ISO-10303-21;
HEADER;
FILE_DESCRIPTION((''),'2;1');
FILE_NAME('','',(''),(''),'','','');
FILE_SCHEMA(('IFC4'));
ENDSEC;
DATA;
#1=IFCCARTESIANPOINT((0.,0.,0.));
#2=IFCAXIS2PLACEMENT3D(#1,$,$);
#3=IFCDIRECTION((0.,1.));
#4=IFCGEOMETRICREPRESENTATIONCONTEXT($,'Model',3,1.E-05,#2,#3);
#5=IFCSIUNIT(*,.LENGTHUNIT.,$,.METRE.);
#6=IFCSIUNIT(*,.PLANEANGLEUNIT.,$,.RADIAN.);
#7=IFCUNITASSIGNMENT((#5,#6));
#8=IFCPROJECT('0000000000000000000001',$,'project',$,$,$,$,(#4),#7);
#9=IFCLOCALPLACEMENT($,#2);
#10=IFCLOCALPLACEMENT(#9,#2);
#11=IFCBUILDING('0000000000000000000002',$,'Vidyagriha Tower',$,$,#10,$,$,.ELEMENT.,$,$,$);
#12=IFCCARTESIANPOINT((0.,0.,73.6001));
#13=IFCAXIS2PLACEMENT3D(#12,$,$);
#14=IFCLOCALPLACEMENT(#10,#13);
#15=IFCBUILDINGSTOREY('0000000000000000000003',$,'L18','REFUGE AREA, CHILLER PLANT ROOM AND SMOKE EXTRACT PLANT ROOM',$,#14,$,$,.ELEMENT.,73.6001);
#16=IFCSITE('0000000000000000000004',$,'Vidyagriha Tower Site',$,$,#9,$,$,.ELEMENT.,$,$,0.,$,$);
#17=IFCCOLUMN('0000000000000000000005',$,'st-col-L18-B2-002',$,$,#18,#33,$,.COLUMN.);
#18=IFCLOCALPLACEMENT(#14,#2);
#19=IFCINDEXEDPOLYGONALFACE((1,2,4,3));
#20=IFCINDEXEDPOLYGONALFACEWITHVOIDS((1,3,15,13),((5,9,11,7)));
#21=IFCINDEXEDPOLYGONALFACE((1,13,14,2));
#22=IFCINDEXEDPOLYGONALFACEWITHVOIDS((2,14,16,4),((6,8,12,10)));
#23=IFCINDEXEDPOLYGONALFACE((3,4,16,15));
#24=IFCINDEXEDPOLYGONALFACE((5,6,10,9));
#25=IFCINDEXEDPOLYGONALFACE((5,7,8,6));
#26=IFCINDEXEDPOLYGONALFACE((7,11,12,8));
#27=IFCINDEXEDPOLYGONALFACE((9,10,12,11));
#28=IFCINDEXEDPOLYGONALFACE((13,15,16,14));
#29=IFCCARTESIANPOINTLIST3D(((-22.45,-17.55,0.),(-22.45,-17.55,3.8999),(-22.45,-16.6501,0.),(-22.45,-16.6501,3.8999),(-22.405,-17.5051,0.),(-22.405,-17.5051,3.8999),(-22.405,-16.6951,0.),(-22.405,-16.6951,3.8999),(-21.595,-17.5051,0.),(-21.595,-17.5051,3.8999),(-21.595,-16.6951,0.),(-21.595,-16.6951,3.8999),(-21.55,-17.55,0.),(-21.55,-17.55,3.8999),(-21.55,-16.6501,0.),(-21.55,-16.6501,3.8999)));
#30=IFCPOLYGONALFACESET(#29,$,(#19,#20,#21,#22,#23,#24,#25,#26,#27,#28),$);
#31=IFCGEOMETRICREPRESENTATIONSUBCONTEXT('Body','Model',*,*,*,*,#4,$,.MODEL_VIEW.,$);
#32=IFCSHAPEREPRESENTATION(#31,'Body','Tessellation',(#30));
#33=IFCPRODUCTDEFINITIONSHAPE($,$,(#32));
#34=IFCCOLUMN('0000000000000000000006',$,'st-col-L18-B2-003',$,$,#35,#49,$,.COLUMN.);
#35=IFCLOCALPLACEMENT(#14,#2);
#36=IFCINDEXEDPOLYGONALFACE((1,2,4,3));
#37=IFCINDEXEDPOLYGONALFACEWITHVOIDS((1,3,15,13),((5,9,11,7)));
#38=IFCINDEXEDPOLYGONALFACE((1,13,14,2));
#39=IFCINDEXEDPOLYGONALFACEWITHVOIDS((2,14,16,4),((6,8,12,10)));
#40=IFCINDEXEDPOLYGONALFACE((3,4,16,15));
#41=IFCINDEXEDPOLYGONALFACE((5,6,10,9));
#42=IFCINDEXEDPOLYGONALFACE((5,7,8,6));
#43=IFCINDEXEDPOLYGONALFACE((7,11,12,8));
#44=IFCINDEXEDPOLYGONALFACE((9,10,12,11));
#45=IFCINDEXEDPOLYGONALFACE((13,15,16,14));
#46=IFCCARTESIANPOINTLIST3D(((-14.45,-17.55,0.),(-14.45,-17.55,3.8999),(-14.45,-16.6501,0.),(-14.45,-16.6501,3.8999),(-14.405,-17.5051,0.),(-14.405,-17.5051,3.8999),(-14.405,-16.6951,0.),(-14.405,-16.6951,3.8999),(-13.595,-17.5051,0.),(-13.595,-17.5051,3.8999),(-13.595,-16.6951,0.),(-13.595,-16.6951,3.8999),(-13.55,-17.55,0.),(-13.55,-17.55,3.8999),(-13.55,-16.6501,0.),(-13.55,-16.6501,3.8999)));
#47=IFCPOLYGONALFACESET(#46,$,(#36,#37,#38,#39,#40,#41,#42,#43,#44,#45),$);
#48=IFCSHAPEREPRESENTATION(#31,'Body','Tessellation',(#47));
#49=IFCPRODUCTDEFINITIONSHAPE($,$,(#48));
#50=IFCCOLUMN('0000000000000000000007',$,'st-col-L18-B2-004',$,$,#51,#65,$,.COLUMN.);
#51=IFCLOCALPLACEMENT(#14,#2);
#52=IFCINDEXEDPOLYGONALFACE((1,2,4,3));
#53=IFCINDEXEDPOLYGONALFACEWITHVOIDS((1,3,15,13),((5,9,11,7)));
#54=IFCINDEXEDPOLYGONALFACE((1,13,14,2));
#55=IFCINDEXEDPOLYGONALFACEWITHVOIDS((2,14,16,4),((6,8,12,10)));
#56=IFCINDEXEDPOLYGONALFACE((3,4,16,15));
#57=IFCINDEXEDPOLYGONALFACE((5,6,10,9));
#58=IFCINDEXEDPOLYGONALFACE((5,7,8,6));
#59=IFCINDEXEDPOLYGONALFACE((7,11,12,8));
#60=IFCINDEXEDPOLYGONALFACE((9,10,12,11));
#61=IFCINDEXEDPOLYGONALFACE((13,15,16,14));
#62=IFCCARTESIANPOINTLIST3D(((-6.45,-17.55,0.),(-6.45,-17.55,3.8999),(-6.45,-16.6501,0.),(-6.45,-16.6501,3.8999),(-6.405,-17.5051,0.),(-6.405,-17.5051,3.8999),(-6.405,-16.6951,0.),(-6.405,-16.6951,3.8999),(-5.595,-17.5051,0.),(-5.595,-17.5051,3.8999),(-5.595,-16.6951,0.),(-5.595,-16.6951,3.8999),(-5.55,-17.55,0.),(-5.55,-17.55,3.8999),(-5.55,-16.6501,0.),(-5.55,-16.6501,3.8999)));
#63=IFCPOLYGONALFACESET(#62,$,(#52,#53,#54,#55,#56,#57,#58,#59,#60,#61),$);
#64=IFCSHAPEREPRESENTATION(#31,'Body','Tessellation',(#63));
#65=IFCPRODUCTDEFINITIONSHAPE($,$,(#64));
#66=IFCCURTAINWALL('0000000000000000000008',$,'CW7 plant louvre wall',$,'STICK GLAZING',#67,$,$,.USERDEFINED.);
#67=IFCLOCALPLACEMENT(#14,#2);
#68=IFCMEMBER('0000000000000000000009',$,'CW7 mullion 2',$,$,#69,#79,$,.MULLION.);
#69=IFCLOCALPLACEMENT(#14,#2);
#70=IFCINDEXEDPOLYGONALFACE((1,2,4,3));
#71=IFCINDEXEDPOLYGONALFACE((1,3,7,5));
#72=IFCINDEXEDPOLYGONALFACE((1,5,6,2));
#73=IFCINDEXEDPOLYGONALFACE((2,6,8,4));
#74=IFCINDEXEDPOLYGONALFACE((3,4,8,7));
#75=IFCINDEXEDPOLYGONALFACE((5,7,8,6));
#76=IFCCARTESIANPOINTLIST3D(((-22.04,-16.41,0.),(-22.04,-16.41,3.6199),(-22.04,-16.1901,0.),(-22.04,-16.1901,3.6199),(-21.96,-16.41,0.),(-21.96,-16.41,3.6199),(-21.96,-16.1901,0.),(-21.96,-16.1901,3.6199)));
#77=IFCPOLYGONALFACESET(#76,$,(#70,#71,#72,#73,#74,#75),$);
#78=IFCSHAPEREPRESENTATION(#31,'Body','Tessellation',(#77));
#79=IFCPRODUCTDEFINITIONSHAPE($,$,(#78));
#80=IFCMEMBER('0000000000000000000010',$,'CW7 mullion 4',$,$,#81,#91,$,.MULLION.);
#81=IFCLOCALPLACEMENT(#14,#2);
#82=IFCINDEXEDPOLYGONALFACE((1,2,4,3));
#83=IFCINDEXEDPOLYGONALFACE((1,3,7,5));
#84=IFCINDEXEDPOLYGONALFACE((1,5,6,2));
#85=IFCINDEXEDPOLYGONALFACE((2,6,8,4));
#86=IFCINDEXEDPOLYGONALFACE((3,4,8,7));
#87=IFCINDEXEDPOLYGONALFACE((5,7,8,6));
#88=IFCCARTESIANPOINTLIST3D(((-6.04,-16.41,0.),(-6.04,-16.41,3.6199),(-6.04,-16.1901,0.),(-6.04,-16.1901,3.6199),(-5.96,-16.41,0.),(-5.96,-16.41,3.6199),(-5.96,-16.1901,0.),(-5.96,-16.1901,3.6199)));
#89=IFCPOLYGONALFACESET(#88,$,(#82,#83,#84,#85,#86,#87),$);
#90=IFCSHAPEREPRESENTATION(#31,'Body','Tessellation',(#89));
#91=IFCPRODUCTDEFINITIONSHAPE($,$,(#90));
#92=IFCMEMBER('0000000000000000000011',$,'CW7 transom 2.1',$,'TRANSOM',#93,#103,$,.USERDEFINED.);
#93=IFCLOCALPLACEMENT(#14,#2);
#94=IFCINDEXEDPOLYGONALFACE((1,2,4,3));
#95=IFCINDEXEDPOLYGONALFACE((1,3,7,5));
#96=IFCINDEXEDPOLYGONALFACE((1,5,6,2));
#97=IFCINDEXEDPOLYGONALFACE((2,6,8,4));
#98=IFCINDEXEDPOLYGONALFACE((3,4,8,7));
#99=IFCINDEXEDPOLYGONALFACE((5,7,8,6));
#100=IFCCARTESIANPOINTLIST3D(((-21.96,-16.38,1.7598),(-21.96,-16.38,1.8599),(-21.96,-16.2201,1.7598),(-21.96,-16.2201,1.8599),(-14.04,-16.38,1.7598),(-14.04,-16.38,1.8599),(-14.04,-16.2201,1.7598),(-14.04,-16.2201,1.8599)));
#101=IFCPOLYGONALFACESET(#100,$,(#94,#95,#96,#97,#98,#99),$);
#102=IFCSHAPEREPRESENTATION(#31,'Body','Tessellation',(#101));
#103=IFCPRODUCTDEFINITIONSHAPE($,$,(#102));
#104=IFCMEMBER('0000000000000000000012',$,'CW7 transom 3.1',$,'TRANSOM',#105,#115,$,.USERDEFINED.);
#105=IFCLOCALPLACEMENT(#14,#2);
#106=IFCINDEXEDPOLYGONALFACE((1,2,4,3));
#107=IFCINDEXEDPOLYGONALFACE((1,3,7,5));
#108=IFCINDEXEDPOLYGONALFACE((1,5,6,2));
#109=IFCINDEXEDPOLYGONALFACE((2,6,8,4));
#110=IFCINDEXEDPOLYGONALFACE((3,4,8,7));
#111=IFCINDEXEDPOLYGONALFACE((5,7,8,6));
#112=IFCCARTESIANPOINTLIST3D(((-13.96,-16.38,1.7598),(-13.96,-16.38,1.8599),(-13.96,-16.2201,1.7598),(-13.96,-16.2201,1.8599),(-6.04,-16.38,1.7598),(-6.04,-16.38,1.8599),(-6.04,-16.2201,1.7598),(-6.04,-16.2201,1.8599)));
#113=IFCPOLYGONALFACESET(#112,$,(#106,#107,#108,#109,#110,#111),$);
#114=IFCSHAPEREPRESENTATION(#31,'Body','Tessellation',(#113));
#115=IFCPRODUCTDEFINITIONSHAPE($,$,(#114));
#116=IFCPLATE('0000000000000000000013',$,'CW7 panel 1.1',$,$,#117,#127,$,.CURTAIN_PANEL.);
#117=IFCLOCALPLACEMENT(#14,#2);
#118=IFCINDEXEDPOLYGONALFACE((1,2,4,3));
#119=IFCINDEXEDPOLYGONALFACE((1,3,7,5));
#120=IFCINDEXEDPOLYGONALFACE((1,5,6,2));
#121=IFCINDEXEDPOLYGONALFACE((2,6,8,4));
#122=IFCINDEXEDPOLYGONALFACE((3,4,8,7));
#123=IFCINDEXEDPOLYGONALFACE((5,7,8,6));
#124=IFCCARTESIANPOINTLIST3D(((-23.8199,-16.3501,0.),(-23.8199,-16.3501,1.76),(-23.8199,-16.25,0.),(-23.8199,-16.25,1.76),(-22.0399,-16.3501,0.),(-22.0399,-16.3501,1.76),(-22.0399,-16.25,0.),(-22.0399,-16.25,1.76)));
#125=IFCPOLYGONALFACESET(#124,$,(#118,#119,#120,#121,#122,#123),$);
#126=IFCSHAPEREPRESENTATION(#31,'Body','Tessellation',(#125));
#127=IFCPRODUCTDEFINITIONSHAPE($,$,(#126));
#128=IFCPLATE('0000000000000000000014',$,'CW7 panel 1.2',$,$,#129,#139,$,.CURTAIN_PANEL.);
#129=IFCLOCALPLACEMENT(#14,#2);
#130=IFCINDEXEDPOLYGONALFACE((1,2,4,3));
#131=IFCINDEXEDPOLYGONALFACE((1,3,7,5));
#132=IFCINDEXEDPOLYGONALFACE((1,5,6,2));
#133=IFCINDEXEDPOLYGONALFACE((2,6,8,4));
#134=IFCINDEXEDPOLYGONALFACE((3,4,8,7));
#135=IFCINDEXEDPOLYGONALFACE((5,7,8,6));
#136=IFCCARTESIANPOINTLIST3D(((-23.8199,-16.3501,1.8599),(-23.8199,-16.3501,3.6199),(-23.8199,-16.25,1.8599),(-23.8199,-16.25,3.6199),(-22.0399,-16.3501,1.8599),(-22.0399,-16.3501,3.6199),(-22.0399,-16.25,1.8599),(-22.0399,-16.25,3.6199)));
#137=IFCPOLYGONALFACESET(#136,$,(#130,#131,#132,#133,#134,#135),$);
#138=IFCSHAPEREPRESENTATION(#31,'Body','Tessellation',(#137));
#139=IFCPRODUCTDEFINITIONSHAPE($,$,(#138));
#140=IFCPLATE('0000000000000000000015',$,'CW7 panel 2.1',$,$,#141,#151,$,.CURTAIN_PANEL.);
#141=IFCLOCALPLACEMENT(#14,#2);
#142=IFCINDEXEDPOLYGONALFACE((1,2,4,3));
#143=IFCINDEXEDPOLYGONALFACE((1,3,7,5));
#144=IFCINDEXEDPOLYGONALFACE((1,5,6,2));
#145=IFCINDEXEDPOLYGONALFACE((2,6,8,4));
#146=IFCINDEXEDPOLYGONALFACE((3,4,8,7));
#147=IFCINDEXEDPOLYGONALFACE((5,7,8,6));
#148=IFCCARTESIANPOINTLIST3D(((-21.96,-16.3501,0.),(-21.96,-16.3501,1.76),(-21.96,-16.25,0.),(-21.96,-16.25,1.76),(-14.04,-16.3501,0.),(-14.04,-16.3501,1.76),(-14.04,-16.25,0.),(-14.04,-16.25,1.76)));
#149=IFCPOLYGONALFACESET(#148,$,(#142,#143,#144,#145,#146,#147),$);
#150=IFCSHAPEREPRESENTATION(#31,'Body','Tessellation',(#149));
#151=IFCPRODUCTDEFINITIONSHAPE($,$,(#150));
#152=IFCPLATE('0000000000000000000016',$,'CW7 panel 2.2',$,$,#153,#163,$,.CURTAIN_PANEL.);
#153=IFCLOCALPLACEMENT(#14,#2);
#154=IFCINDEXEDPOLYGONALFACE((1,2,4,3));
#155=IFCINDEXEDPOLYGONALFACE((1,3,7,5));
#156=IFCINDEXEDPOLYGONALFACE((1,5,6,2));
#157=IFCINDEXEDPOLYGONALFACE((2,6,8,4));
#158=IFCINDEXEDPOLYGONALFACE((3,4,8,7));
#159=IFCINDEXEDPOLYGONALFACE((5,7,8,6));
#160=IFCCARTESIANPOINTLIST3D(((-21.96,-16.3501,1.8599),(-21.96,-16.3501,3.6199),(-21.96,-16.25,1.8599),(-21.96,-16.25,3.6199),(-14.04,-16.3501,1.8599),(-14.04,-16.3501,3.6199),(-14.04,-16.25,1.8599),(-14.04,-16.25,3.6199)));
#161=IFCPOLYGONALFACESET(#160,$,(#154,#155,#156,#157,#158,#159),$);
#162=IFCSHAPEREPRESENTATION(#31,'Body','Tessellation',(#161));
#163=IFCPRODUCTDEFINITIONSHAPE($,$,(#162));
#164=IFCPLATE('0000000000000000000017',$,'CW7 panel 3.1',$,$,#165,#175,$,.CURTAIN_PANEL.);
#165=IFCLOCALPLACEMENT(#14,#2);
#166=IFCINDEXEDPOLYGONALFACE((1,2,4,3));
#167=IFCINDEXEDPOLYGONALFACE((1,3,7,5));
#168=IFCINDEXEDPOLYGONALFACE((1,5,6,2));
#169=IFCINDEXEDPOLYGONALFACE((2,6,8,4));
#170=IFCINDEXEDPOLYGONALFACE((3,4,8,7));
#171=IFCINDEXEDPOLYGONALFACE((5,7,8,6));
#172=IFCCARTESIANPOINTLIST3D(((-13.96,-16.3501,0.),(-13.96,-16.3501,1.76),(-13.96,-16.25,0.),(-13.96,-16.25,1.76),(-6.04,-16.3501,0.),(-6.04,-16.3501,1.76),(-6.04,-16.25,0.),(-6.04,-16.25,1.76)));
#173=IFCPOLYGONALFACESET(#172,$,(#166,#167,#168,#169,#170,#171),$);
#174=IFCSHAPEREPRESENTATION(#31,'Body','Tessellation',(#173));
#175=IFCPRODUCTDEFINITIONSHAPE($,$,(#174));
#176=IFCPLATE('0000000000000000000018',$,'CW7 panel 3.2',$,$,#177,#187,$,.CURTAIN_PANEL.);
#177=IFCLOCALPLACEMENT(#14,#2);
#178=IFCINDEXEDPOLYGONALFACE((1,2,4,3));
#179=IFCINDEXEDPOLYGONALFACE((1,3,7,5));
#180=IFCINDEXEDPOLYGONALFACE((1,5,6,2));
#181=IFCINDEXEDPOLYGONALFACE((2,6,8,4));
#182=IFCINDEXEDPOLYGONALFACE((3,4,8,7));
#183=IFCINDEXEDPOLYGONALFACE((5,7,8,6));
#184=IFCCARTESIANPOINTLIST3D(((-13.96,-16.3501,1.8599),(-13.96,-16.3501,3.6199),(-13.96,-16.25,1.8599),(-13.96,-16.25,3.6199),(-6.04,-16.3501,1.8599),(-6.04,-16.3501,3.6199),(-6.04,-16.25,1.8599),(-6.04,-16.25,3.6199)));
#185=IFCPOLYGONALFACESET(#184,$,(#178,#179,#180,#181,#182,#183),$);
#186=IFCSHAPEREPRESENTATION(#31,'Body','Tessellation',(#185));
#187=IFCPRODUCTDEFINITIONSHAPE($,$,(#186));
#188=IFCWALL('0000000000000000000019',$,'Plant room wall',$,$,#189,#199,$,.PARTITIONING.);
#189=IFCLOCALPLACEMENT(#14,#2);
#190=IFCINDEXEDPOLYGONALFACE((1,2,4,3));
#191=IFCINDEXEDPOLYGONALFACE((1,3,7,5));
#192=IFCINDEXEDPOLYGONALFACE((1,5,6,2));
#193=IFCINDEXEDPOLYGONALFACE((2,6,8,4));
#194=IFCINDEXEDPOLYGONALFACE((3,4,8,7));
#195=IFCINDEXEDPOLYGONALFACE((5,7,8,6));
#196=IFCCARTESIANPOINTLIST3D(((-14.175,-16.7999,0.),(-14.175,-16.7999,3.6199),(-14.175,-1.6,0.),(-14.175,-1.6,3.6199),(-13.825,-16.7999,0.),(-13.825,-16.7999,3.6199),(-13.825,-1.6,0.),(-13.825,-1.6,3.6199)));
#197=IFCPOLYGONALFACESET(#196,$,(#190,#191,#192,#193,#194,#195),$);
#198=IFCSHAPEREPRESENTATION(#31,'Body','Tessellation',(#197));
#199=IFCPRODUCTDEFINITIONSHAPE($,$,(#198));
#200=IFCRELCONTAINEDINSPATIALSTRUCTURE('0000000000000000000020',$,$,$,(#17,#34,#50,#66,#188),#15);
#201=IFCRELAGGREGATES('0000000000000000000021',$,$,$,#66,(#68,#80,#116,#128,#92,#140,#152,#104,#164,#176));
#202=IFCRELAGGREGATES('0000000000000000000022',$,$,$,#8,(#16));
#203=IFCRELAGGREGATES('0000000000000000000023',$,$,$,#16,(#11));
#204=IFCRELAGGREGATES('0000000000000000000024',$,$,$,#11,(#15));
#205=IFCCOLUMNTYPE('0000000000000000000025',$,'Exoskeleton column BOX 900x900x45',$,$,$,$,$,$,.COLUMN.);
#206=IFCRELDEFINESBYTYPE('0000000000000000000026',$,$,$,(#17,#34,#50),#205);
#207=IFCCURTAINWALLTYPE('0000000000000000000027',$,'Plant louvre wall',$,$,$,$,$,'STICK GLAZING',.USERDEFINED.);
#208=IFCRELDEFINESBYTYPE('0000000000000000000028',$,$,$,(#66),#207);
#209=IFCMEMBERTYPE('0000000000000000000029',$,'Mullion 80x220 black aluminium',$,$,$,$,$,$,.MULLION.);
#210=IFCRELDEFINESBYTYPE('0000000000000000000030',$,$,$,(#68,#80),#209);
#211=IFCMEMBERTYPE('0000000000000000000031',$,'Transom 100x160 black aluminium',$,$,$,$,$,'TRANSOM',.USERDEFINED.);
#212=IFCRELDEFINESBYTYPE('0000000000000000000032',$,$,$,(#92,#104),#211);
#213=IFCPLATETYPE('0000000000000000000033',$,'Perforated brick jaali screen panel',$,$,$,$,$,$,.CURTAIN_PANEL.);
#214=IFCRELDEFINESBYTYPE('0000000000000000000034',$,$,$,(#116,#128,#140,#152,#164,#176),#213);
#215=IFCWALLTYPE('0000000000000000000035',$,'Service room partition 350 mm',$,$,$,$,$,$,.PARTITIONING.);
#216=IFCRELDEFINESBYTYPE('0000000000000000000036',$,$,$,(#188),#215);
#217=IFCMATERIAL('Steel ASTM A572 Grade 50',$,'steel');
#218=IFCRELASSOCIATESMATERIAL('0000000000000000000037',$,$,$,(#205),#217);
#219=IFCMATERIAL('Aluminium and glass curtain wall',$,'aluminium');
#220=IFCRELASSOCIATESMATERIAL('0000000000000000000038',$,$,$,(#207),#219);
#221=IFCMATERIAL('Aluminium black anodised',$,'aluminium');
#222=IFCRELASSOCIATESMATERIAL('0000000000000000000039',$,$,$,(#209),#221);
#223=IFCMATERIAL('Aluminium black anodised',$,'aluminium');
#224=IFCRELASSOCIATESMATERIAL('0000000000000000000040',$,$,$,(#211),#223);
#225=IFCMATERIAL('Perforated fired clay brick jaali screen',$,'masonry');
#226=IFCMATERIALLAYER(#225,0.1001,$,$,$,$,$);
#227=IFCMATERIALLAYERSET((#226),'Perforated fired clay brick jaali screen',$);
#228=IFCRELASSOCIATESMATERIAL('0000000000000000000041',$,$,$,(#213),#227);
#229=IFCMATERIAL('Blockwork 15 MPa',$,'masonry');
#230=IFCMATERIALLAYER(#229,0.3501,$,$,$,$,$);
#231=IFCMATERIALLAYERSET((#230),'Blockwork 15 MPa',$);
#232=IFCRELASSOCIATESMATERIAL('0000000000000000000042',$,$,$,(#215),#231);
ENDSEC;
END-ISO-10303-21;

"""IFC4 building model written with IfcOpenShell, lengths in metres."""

from ifc_helpers import new_model, si_unit, direction, frame, frame_2d, origin, origin_2d, place, context, subcontext, project, spatial, rectangle, hollow_rectangle, extrude, material, layer, layer_set, material_profile, profile_set, type_object, element, aggregate, save


model = new_model("IFC4")

# Units and contexts
model_context = context("Model", 3, precision=1e-05, world=origin(), true_north=direction((0.0, 1.0)))
body_context = subcontext(model_context, "Body", "Model", "MODEL_VIEW")
ifc_project = project(units=[si_unit("LENGTHUNIT", "METRE"), si_unit("PLANEANGLEUNIT", "RADIAN")], contexts=[model_context])

# Site, building, storey
site_placement = place(None, origin())
site = spatial("IfcSite", under=ifc_project, at=site_placement, Name="Vidyagriha Tower Site", CompositionType="ELEMENT", RefElevation=0.0)
building_placement = place(site_placement, origin())
building = spatial("IfcBuilding", under=site, at=building_placement, Name="Vidyagriha Tower", CompositionType="ELEMENT")
storey_placement = place(building_placement, frame((0.0, 0.0, 73.6001)))
storey = spatial("IfcBuildingStorey", under=building, at=storey_placement, Name="L18", Description="REFUGE AREA, CHILLER PLANT ROOM AND SMOKE EXTRACT PLANT ROOM", CompositionType="ELEMENT", Elevation=73.6001)

# Columns
ifc_material_1 = material(Name="Steel ASTM A572 Grade 50", Category="steel")
ifc_material_profile_1 = material_profile(ifc_material_1, hollow_rectangle(XDim=0.8999, YDim=0.8999, WallThickness=0.0449, at=origin_2d()), Name="BOX 900x900x45")
ifc_profile_set_1 = profile_set([ifc_material_profile_1], Name="Steel ASTM A572 Grade 50")
column_type = type_object("IfcColumnType", Name="Exoskeleton column BOX 900x900x45", PredefinedType="COLUMN", material=ifc_profile_set_1)
for number, where, name in (
    (1, (-22.0, -17.1001, 0.0), "st-col-L18-B2-002"),
    (2, (-14.0, -17.1001, 0.0), "st-col-L18-B2-003"),
    (3, (-6.0, -17.1001, 0.0), "st-col-L18-B2-004"),
):
    element("IfcColumn", number, at=place(storey_placement, frame(where)), inside=storey, type_object=column_type, Name=name, PredefinedType="COLUMN", context=body_context, shape_type="SweptSolid", body=[
        extrude(hollow_rectangle(XDim=0.8999, YDim=0.8999, WallThickness=0.0449, at=origin_2d()), origin(), (0.0, 0.0, 1.0), 3.8999),
    ])

# Curtain wall, members, plates
ifc_material_2 = material(Name="Aluminium and glass curtain wall", Category="aluminium")
curtain_wall_type = type_object("IfcCurtainWallType", Name="Plant louvre wall", ElementType="STICK GLAZING", PredefinedType="USERDEFINED", material=ifc_material_2)
curtain_wall_placement = place(storey_placement, origin())
curtain_wall = element("IfcCurtainWall", 4, at=curtain_wall_placement, inside=storey, type_object=curtain_wall_type, Name="CW7 plant louvre wall", ObjectType="STICK GLAZING", PredefinedType="USERDEFINED")
ifc_material_3 = material(Name="Aluminium black anodised", Category="aluminium")
ifc_material_profile_2 = material_profile(ifc_material_3, rectangle(XDim=0.22, YDim=0.0801, at=origin_2d()), Name="Mullion 80x220 black aluminium")
ifc_profile_set_2 = profile_set([ifc_material_profile_2], Name="Aluminium black anodised")
member_type_1 = type_object("IfcMemberType", Name="Mullion 80x220 black aluminium", PredefinedType="MULLION", material=ifc_profile_set_2)
member_1_placement = place(storey_placement, frame((-22.0, -16.3, 0.0), z_axis=(0.0, 0.0, 1.0), x_axis=(0.0, 1.0, 0.0)))
member_1 = element("IfcMember", 5, at=member_1_placement, type_object=member_type_1, Name="CW7 mullion 2", PredefinedType="MULLION", context=body_context, shape_type="SweptSolid", body=[
    extrude(rectangle(XDim=0.22, YDim=0.0801, at=origin_2d()), origin(), (0.0, 0.0, 1.0), 3.6199),
])
member_2_placement = place(storey_placement, frame((-6.0, -16.3, 0.0), z_axis=(0.0, 0.0, 1.0), x_axis=(0.0, 1.0, 0.0)))
member_2 = element("IfcMember", 6, at=member_2_placement, type_object=member_type_1, Name="CW7 mullion 4", PredefinedType="MULLION", context=body_context, shape_type="SweptSolid", body=[
    extrude(rectangle(XDim=0.22, YDim=0.0801, at=origin_2d()), origin(), (0.0, 0.0, 1.0), 3.6199),
])
ifc_material_4 = material(Name="Aluminium black anodised", Category="aluminium")
ifc_material_profile_3 = material_profile(ifc_material_4, rectangle(XDim=0.1599, YDim=0.1001, at=origin_2d()), Name="Transom 100x160 black aluminium")
ifc_profile_set_3 = profile_set([ifc_material_profile_3], Name="Aluminium black anodised")
member_type_2 = type_object("IfcMemberType", Name="Transom 100x160 black aluminium", ElementType="TRANSOM", PredefinedType="USERDEFINED", material=ifc_profile_set_3)
member_3_placement = place(storey_placement, frame((-21.96, -16.3, 1.8098), z_axis=(1.0, 0.0, 0.0), x_axis=(0.0, 1.0, 0.0)))
member_3 = element("IfcMember", 7, at=member_3_placement, type_object=member_type_2, Name="CW7 transom 2.1", ObjectType="TRANSOM", PredefinedType="USERDEFINED", context=body_context, shape_type="SweptSolid", body=[
    extrude(rectangle(XDim=0.1599, YDim=0.1001, at=origin_2d()), origin(), (0.0, 0.0, 1.0), 7.9199),
])
member_4_placement = place(storey_placement, frame((-13.96, -16.3, 1.8098), z_axis=(1.0, 0.0, 0.0), x_axis=(0.0, 1.0, 0.0)))
member_4 = element("IfcMember", 8, at=member_4_placement, type_object=member_type_2, Name="CW7 transom 3.1", ObjectType="TRANSOM", PredefinedType="USERDEFINED", context=body_context, shape_type="SweptSolid", body=[
    extrude(rectangle(XDim=0.1599, YDim=0.1001, at=origin_2d()), origin(), (0.0, 0.0, 1.0), 7.9199),
])
ifc_material_5 = material(Name="Perforated fired clay brick jaali screen", Category="masonry")
ifc_layer_1 = layer(ifc_material_5, 0.1001)
ifc_layer_set_1 = layer_set([ifc_layer_1], Name="Perforated fired clay brick jaali screen")
plate_type = type_object("IfcPlateType", Name="Perforated brick jaali screen panel", PredefinedType="CURTAIN_PANEL", material=ifc_layer_set_1)
plate_1_placement = place(storey_placement, frame((-22.9299, -16.3, 0.0)))
plate_1 = element("IfcPlate", 9, at=plate_1_placement, type_object=plate_type, Name="CW7 panel 1.1", PredefinedType="CURTAIN_PANEL", context=body_context, shape_type="SweptSolid", body=[
    extrude(rectangle(XDim=1.78, YDim=0.1001, at=origin_2d()), origin(), (0.0, 0.0, 1.0), 1.76),
])
plate_2_placement = place(storey_placement, frame((-22.9299, -16.3, 1.8599)))
plate_2 = element("IfcPlate", 10, at=plate_2_placement, type_object=plate_type, Name="CW7 panel 1.2", PredefinedType="CURTAIN_PANEL", context=body_context, shape_type="SweptSolid", body=[
    extrude(rectangle(XDim=1.78, YDim=0.1001, at=origin_2d()), origin(), (0.0, 0.0, 1.0), 1.76),
])
plate_3_placement = place(storey_placement, frame((-18.0, -16.3, 0.0)))
plate_3 = element("IfcPlate", 11, at=plate_3_placement, type_object=plate_type, Name="CW7 panel 2.1", PredefinedType="CURTAIN_PANEL", context=body_context, shape_type="SweptSolid", body=[
    extrude(rectangle(XDim=7.9199, YDim=0.1001, at=origin_2d()), origin(), (0.0, 0.0, 1.0), 1.76),
])
plate_4_placement = place(storey_placement, frame((-18.0, -16.3, 1.8599)))
plate_4 = element("IfcPlate", 12, at=plate_4_placement, type_object=plate_type, Name="CW7 panel 2.2", PredefinedType="CURTAIN_PANEL", context=body_context, shape_type="SweptSolid", body=[
    extrude(rectangle(XDim=7.9199, YDim=0.1001, at=origin_2d()), origin(), (0.0, 0.0, 1.0), 1.76),
])
plate_5_placement = place(storey_placement, frame((-10.0, -16.3, 0.0)))
plate_5 = element("IfcPlate", 13, at=plate_5_placement, type_object=plate_type, Name="CW7 panel 3.1", PredefinedType="CURTAIN_PANEL", context=body_context, shape_type="SweptSolid", body=[
    extrude(rectangle(XDim=7.9199, YDim=0.1001, at=origin_2d()), origin(), (0.0, 0.0, 1.0), 1.76),
])
plate_6_placement = place(storey_placement, frame((-10.0, -16.3, 1.8599)))
plate_6 = element("IfcPlate", 14, at=plate_6_placement, type_object=plate_type, Name="CW7 panel 3.2", PredefinedType="CURTAIN_PANEL", context=body_context, shape_type="SweptSolid", body=[
    extrude(rectangle(XDim=7.9199, YDim=0.1001, at=origin_2d()), origin(), (0.0, 0.0, 1.0), 1.76),
])
aggregate(curtain_wall, [member_1, member_2, plate_1, plate_2, member_3, plate_3, plate_4, member_4, plate_5, plate_6])

# Wall
ifc_material_6 = material(Name="Blockwork 15 MPa", Category="masonry")
ifc_layer_2 = layer(ifc_material_6, 0.3501)
ifc_layer_set_2 = layer_set([ifc_layer_2], Name="Blockwork 15 MPa")
wall_type = type_object("IfcWallType", Name="Service room partition 350 mm", PredefinedType="PARTITIONING", material=ifc_layer_set_2)
wall_placement = place(storey_placement, frame((-14.0, -16.8, 0.0), z_axis=(0.0, 0.0, 1.0), x_axis=(0.0, 1.0, 0.0)))
element("IfcWall", 15, at=wall_placement, inside=storey, type_object=wall_type, Name="Plant room wall", PredefinedType="PARTITIONING", context=body_context, shape_type="SweptSolid", body=[
    extrude(rectangle(XDim=15.2, YDim=0.3501, at=frame_2d((7.6001, 0.0))), origin(), (0.0, 0.0, 1.0), 3.6199),
])

save(model, "model.ifc")
